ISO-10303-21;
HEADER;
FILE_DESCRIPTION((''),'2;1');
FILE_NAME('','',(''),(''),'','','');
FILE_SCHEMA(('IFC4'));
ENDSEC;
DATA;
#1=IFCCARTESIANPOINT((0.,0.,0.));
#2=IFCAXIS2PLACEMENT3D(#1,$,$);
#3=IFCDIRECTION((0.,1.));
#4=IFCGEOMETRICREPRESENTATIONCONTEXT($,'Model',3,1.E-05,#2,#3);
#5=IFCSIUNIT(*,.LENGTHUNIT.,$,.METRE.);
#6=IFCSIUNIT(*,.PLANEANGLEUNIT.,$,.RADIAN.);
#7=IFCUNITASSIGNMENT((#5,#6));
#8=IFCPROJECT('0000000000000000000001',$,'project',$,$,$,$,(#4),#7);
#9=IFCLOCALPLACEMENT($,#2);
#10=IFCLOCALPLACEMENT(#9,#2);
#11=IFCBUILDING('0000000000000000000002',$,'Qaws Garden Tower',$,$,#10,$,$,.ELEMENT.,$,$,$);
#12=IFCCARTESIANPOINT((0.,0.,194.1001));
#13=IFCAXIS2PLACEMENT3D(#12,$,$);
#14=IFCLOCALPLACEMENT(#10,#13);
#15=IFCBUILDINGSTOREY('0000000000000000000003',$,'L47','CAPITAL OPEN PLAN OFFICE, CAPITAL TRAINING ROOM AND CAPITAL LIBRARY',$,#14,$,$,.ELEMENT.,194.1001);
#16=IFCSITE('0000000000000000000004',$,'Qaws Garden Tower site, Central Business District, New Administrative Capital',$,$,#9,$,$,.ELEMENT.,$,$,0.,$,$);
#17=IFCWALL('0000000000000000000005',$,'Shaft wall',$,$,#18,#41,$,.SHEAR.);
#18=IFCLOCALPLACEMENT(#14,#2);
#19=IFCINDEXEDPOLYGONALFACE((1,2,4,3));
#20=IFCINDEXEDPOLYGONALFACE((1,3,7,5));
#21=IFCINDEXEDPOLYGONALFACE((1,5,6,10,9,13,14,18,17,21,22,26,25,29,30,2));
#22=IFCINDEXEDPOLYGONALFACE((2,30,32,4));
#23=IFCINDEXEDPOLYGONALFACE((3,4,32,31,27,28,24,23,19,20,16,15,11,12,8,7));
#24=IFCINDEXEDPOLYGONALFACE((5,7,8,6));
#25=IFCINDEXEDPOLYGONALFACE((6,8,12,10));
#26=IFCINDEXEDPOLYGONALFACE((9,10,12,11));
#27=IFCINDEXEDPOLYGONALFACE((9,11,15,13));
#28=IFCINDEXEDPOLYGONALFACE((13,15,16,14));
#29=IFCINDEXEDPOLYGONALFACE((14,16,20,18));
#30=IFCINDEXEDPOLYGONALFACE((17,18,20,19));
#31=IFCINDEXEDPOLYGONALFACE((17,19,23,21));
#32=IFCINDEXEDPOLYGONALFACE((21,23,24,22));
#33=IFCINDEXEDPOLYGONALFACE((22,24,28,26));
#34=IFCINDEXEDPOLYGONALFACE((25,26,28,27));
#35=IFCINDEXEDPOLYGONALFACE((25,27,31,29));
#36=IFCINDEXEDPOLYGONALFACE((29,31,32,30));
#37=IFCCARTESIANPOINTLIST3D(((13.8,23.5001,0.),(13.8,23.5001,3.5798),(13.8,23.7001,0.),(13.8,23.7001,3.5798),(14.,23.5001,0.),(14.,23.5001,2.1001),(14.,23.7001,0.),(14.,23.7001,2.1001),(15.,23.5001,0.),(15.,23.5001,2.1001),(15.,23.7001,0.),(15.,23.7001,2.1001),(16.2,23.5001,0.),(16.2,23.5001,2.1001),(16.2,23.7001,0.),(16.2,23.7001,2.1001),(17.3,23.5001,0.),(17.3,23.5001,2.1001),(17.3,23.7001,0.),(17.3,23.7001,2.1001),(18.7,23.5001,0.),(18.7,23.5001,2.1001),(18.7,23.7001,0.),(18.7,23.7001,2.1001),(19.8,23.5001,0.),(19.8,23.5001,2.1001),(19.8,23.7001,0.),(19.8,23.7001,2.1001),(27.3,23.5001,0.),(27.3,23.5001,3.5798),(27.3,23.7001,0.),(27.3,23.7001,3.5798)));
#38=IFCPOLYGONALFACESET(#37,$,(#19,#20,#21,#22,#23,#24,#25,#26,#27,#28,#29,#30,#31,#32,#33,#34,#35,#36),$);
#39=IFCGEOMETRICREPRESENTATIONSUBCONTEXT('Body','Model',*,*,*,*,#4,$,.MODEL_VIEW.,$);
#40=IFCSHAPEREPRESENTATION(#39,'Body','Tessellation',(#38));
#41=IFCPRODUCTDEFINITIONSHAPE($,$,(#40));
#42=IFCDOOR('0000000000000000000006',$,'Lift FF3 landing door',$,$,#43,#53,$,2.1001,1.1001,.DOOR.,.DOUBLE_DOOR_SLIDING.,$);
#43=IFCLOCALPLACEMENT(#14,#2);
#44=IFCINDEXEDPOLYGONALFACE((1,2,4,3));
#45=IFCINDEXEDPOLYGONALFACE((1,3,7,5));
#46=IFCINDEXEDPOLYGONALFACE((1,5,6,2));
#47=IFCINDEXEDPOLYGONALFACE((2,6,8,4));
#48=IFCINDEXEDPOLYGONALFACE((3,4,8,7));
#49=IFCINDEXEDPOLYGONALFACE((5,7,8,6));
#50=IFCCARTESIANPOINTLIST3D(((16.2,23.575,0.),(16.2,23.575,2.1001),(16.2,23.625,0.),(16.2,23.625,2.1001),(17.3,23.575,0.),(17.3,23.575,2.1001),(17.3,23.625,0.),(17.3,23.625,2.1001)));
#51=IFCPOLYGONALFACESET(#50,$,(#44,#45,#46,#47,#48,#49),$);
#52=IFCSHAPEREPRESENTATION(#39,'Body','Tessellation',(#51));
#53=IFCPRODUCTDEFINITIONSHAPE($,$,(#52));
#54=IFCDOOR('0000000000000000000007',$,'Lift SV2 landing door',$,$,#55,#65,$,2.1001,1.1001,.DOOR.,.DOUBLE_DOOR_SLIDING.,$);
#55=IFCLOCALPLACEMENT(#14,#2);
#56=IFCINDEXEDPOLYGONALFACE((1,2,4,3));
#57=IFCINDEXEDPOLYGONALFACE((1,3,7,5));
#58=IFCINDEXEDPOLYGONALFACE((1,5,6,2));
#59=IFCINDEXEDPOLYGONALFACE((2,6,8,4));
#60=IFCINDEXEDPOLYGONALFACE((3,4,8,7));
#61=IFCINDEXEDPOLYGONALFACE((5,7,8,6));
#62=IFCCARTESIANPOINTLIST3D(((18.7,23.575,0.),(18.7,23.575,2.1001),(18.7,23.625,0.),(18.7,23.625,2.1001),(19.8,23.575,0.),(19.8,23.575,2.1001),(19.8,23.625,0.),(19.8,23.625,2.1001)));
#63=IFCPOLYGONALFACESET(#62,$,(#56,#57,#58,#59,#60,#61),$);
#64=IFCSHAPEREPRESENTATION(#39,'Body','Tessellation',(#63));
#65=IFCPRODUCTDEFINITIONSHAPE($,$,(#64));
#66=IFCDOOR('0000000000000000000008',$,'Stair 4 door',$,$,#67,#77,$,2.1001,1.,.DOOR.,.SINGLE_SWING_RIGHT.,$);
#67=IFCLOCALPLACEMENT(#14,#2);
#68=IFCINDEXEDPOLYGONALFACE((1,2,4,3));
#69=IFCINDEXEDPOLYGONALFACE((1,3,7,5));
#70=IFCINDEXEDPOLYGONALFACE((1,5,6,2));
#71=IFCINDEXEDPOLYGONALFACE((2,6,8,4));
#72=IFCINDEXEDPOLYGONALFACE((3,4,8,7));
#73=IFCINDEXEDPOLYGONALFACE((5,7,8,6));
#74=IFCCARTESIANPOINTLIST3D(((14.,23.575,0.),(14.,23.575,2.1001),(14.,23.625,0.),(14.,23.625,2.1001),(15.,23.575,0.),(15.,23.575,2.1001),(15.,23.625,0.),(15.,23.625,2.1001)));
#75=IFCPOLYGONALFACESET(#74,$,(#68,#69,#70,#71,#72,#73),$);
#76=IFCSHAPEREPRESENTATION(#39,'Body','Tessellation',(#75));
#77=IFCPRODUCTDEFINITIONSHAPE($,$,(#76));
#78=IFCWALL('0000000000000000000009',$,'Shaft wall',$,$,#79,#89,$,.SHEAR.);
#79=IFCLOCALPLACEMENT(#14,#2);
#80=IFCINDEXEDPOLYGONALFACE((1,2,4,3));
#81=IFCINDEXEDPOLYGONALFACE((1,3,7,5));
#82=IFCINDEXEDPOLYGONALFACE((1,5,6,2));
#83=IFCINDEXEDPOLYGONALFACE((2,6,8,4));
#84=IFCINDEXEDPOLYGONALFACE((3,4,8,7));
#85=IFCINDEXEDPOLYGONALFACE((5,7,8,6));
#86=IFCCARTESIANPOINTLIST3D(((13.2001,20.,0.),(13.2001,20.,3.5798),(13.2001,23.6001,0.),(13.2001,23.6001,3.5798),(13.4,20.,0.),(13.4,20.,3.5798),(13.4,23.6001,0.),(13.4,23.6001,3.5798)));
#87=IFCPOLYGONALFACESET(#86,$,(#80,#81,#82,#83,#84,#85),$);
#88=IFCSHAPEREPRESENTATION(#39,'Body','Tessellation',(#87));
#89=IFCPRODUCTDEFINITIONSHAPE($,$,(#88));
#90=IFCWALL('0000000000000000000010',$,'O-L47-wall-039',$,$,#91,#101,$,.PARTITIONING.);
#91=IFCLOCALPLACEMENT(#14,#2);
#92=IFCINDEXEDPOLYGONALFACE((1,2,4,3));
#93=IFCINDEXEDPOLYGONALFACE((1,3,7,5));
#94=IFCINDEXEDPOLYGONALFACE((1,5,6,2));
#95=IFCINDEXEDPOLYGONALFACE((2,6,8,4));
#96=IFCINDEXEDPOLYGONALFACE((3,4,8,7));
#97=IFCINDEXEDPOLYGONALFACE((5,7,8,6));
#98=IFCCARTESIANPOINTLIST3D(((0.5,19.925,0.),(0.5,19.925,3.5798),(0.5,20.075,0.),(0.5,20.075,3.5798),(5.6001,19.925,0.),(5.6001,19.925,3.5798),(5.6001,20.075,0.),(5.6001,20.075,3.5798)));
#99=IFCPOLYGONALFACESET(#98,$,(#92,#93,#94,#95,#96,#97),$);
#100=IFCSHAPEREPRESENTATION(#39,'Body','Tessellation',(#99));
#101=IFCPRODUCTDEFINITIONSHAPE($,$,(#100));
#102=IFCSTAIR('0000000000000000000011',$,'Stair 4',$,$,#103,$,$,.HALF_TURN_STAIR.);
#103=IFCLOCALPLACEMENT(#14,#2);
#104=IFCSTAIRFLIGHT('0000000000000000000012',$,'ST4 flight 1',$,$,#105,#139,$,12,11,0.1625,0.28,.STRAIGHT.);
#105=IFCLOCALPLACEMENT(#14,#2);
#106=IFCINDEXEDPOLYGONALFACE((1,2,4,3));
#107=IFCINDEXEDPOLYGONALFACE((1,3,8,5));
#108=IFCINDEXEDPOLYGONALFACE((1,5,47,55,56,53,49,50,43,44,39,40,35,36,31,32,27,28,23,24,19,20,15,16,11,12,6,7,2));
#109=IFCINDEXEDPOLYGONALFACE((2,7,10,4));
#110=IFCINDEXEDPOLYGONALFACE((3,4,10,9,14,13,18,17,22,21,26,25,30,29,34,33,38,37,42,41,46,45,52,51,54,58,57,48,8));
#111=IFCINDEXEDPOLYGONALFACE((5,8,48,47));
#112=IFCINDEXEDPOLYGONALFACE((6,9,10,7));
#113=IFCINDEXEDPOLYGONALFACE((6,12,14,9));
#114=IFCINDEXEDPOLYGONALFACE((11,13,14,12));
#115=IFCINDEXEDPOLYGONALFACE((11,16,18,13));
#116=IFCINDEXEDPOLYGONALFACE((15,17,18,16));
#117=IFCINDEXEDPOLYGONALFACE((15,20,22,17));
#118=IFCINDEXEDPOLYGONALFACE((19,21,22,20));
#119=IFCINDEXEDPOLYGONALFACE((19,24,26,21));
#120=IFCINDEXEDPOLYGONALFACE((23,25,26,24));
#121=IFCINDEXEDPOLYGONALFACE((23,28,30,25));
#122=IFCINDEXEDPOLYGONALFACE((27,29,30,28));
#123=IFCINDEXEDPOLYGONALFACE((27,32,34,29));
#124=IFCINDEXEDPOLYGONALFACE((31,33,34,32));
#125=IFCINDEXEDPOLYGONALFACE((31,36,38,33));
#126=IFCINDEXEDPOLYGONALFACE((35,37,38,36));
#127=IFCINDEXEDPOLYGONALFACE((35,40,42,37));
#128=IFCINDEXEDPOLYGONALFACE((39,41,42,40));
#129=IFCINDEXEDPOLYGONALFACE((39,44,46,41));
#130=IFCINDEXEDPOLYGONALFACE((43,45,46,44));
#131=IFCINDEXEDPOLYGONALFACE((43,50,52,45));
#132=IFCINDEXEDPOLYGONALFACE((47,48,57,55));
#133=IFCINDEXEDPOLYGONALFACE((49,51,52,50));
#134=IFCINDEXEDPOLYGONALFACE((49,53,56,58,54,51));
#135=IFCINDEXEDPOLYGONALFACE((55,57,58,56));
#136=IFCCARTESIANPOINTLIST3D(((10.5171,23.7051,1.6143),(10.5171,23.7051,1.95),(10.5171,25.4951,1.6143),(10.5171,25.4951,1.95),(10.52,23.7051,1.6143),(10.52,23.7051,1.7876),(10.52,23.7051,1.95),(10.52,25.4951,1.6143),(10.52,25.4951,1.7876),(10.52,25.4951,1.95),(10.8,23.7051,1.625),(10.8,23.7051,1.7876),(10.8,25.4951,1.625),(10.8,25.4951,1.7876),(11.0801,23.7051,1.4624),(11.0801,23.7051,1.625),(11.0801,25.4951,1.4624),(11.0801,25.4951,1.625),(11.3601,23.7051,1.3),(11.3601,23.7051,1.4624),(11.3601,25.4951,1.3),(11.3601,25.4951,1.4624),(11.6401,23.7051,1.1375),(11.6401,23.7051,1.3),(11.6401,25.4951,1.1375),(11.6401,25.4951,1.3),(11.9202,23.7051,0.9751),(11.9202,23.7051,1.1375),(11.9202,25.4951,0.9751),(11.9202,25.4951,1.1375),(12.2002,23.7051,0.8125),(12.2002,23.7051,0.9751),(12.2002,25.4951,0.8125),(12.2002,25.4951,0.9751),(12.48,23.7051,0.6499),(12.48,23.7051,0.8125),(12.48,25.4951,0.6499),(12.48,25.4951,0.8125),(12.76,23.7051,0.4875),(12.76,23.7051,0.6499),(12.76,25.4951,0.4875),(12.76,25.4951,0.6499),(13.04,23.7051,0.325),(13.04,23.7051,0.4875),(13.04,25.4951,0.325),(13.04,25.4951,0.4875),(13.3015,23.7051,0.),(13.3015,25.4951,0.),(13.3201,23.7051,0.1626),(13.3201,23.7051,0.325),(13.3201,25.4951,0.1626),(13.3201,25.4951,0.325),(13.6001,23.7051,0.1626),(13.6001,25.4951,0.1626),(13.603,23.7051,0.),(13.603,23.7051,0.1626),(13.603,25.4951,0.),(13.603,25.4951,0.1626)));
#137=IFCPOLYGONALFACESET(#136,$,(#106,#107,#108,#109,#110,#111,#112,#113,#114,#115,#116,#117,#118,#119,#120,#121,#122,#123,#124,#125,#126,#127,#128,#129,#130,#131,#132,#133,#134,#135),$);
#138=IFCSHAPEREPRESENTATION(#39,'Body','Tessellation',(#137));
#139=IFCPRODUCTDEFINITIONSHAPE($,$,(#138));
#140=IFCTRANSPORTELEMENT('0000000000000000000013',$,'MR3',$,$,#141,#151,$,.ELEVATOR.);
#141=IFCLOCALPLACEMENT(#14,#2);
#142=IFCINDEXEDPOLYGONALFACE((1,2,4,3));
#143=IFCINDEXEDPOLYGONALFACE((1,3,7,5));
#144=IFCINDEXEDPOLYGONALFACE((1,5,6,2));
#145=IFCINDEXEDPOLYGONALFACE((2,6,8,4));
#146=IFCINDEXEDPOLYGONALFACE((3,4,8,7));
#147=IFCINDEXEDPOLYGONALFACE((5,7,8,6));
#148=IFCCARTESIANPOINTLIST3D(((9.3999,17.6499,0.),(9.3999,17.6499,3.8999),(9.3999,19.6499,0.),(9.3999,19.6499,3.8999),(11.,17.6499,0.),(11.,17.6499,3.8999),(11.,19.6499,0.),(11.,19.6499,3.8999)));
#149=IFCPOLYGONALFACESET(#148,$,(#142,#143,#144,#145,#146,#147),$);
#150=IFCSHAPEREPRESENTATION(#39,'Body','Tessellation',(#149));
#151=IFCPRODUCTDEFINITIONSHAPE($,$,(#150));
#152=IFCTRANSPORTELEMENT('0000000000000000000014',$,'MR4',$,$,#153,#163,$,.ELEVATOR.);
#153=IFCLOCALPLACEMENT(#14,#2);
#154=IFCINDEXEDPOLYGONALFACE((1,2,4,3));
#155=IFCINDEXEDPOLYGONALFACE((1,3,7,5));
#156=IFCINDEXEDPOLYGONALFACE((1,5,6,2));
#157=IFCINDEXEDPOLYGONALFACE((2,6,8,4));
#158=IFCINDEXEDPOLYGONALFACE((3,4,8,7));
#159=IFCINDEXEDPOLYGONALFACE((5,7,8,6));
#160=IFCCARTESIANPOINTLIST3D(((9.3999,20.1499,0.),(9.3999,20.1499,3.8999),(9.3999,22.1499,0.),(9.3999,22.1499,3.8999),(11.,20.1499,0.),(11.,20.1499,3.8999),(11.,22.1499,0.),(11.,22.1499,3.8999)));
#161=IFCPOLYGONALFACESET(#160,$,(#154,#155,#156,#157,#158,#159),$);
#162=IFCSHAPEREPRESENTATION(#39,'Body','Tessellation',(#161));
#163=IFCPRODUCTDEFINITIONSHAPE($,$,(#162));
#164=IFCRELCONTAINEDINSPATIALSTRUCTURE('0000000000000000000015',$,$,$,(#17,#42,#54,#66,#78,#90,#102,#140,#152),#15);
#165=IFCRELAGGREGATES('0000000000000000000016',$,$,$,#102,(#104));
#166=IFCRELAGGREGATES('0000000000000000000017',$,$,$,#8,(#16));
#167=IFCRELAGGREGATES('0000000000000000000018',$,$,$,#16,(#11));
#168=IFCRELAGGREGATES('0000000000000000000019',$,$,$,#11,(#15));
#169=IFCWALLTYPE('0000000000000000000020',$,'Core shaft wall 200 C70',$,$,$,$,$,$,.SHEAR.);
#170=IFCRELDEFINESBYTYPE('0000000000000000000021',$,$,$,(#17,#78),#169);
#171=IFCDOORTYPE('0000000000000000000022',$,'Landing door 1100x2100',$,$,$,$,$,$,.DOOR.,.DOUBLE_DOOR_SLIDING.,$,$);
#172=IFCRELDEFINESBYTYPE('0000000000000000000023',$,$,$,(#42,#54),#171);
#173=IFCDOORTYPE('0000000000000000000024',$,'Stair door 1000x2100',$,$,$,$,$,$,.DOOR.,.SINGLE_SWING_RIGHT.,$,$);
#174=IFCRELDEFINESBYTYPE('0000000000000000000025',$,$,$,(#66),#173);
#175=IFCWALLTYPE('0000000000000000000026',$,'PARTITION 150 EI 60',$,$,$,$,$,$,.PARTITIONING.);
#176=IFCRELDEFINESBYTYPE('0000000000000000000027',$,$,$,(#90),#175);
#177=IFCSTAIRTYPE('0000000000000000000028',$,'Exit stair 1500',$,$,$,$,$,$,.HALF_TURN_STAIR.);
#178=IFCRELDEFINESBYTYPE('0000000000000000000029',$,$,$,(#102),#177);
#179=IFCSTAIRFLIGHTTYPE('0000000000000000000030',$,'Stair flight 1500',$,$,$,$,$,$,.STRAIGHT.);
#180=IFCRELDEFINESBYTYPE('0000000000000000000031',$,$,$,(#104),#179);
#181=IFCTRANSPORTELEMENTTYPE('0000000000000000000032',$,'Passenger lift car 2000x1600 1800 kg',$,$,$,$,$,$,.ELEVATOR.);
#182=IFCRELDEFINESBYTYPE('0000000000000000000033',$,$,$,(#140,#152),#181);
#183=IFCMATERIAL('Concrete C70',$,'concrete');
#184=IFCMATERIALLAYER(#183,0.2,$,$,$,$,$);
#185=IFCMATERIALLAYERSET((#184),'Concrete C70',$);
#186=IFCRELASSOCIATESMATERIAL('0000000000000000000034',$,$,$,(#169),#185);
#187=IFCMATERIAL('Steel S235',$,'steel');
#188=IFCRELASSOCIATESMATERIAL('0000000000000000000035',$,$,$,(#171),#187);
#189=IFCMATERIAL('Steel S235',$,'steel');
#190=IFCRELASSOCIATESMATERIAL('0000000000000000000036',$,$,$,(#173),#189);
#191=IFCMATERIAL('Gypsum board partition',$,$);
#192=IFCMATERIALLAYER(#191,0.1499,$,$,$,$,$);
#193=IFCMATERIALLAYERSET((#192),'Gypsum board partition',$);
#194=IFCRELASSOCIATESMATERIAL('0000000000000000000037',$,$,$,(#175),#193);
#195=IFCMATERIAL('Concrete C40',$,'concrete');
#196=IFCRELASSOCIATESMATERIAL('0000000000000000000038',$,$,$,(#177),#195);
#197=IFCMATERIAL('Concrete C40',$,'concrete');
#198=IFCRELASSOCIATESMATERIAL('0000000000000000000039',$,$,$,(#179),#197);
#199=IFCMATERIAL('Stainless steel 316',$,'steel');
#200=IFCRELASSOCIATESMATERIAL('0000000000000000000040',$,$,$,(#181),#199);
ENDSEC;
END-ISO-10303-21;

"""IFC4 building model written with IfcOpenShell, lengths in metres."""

from ifc_helpers import new_model, si_unit, direction, frame, frame_2d, origin, origin_2d, place, context, subcontext, project, spatial, polyline, rectangle, outline, extrude, material, layer, layer_set, type_object, element, fill, aggregate, save


model = new_model("IFC4")

# Units and contexts
model_context = context("Model", 3, precision=1e-05, world=origin(), true_north=direction((0.0, 1.0)))
body_context = subcontext(model_context, "Body", "Model", "MODEL_VIEW")
ifc_project = project(units=[si_unit("LENGTHUNIT", "METRE"), si_unit("PLANEANGLEUNIT", "RADIAN")], contexts=[model_context])

# Site, building, storey
site_placement = place(None, origin())
site = spatial("IfcSite", under=ifc_project, at=site_placement, Name="Qaws Garden Tower site, Central Business District, New Administrative Capital", CompositionType="ELEMENT", RefElevation=0.0)
building_placement = place(site_placement, origin())
building = spatial("IfcBuilding", under=site, at=building_placement, Name="Qaws Garden Tower", CompositionType="ELEMENT")
storey_placement = place(building_placement, frame((0.0, 0.0, 194.1001)))
storey = spatial("IfcBuildingStorey", under=building, at=storey_placement, Name="L47", Description="CAPITAL OPEN PLAN OFFICE, CAPITAL TRAINING ROOM AND CAPITAL LIBRARY", CompositionType="ELEMENT", Elevation=194.1001)

# Shared definitions
ifc_material_1 = material(Name="Concrete C70", Category="concrete")
ifc_layer_1 = layer(ifc_material_1, 0.2)
ifc_layer_set_1 = layer_set([ifc_layer_1], Name="Concrete C70")
wall_type_1 = type_object("IfcWallType", Name="Core shaft wall 200 C70", PredefinedType="SHEAR", material=ifc_layer_set_1)

# Wall, openings, doors
wall_1_placement = place(storey_placement, frame((13.8, 23.6001, 0.0), z_axis=(0.0, 0.0, 1.0), x_axis=(1.0, 0.0, 0.0)))
wall_1 = element("IfcWall", 1, at=wall_1_placement, inside=storey, type_object=wall_type_1, Name="Shaft wall", PredefinedType="SHEAR", context=body_context, shape_type="SweptSolid", body=[
    extrude(rectangle(XDim=13.5, YDim=0.2, at=frame_2d((6.75, 0.0))), origin(), (0.0, 0.0, 1.0), 3.5798),
])
opening_1_placement = place(wall_1_placement, frame((2.3999, 0.0, 0.0)))
opening_1 = element("IfcOpeningElement", 2, at=opening_1_placement, cuts=wall_1, PredefinedType="OPENING", context=body_context, shape_type="SweptSolid", body=[
    extrude(rectangle(XDim=1.1001, YDim=2.1001, at=frame_2d((0.55, 1.05))), frame((0.0, 0.1099, 0.0), z_axis=(0.0, -1.0, 0.0), x_axis=(1.0, 0.0, 0.0)), (0.0, 0.0, 1.0), 0.22),
])
opening_2_placement = place(wall_1_placement, frame((4.8999, 0.0, 0.0)))
opening_2 = element("IfcOpeningElement", 3, at=opening_2_placement, cuts=wall_1, PredefinedType="OPENING", context=body_context, shape_type="SweptSolid", body=[
    extrude(rectangle(XDim=1.1001, YDim=2.1001, at=frame_2d((0.55, 1.05))), frame((0.0, 0.1099, 0.0), z_axis=(0.0, -1.0, 0.0), x_axis=(1.0, 0.0, 0.0)), (0.0, 0.0, 1.0), 0.22),
])
opening_3_placement = place(wall_1_placement, frame((0.2, 0.0, 0.0)))
opening_3 = element("IfcOpeningElement", 4, at=opening_3_placement, cuts=wall_1, PredefinedType="OPENING", context=body_context, shape_type="SweptSolid", body=[
    extrude(rectangle(XDim=1.0, YDim=2.1001, at=frame_2d((0.5, 1.05))), frame((0.0, 0.1099, 0.0), z_axis=(0.0, -1.0, 0.0), x_axis=(1.0, 0.0, 0.0)), (0.0, 0.0, 1.0), 0.22),
])
ifc_material_2 = material(Name="Steel S235", Category="steel")
door_type_1 = type_object("IfcDoorType", Name="Landing door 1100x2100", OperationType="DOUBLE_DOOR_SLIDING", PredefinedType="DOOR", material=ifc_material_2)
door_1_placement = place(opening_1_placement, origin())
door_1 = element("IfcDoor", 5, at=door_1_placement, inside=storey, type_object=door_type_1, Name="Lift FF3 landing door", OperationType="DOUBLE_DOOR_SLIDING", OverallHeight=2.1001, OverallWidth=1.1001, PredefinedType="DOOR", context=body_context, shape_type="SweptSolid", body=[
    extrude(rectangle(XDim=1.1001, YDim=2.1001, at=frame_2d((0.55, 1.05))), frame((0.0, 0.0249, 0.0), z_axis=(0.0, -1.0, 0.0), x_axis=(1.0, 0.0, 0.0)), (0.0, 0.0, 1.0), 0.05),
])
fill(opening_1, door_1)
door_2_placement = place(opening_2_placement, origin())
door_2 = element("IfcDoor", 6, at=door_2_placement, inside=storey, type_object=door_type_1, Name="Lift SV2 landing door", OperationType="DOUBLE_DOOR_SLIDING", OverallHeight=2.1001, OverallWidth=1.1001, PredefinedType="DOOR", context=body_context, shape_type="SweptSolid", body=[
    extrude(rectangle(XDim=1.1001, YDim=2.1001, at=frame_2d((0.55, 1.05))), frame((0.0, 0.0249, 0.0), z_axis=(0.0, -1.0, 0.0), x_axis=(1.0, 0.0, 0.0)), (0.0, 0.0, 1.0), 0.05),
])
fill(opening_2, door_2)
ifc_material_3 = material(Name="Steel S235", Category="steel")
door_type_2 = type_object("IfcDoorType", Name="Stair door 1000x2100", OperationType="SINGLE_SWING_RIGHT", PredefinedType="DOOR", material=ifc_material_3)
door_3_placement = place(opening_3_placement, origin())
door_3 = element("IfcDoor", 7, at=door_3_placement, inside=storey, type_object=door_type_2, Name="Stair 4 door", OperationType="SINGLE_SWING_RIGHT", OverallHeight=2.1001, OverallWidth=1.0, PredefinedType="DOOR", context=body_context, shape_type="SweptSolid", body=[
    extrude(rectangle(XDim=1.0, YDim=2.1001, at=frame_2d((0.5, 1.05))), frame((0.0, 0.0249, 0.0), z_axis=(0.0, -1.0, 0.0), x_axis=(1.0, 0.0, 0.0)), (0.0, 0.0, 1.0), 0.05),
])
fill(opening_3, door_3)

# Walls
wall_2_placement = place(storey_placement, frame((13.3, 20.0, 0.0), z_axis=(0.0, 0.0, 1.0), x_axis=(0.0, 1.0, 0.0)))
element("IfcWall", 8, at=wall_2_placement, inside=storey, type_object=wall_type_1, Name="Shaft wall", PredefinedType="SHEAR", context=body_context, shape_type="SweptSolid", body=[
    extrude(rectangle(XDim=3.6001, YDim=0.2, at=frame_2d((1.8, 0.0))), origin(), (0.0, 0.0, 1.0), 3.5798),
])
ifc_material_4 = material(Name="Gypsum board partition")
ifc_layer_2 = layer(ifc_material_4, 0.1499)
ifc_layer_set_2 = layer_set([ifc_layer_2], Name="Gypsum board partition")
wall_type_2 = type_object("IfcWallType", Name="PARTITION 150 EI 60", PredefinedType="PARTITIONING", material=ifc_layer_set_2)
wall_3_placement = place(storey_placement, frame((0.5, 20.0, 0.0), z_axis=(0.0, 0.0, 1.0), x_axis=(1.0, 0.0, 0.0)))
element("IfcWall", 9, at=wall_3_placement, inside=storey, type_object=wall_type_2, Name="O-L47-wall-039", PredefinedType="PARTITIONING", context=body_context, shape_type="SweptSolid", body=[
    extrude(rectangle(XDim=5.1001, YDim=0.1499, at=frame_2d((2.55, 0.0))), origin(), (0.0, 0.0, 1.0), 3.5798),
])

# Stair, stair flight
ifc_material_5 = material(Name="Concrete C40", Category="concrete")
stair_type = type_object("IfcStairType", Name="Exit stair 1500", PredefinedType="HALF_TURN_STAIR", material=ifc_material_5)
stair_placement = place(storey_placement, origin())
stair = element("IfcStair", 10, at=stair_placement, inside=storey, type_object=stair_type, Name="Stair 4", PredefinedType="HALF_TURN_STAIR")
ifc_material_6 = material(Name="Concrete C40", Category="concrete")
stair_flight_type = type_object("IfcStairFlightType", Name="Stair flight 1500", PredefinedType="STRAIGHT", material=ifc_material_6)
stair_flight_placement = place(storey_placement, frame((13.6001, 24.6001, 0.0), z_axis=(0.0, 0.0, 1.0), x_axis=(-1.0, 0.0, 0.0)))
stair_flight = element("IfcStairFlight", 11, at=stair_flight_placement, type_object=stair_flight_type, Name="ST4 flight 1", NumberOfRisers=12, NumberOfTreads=11, PredefinedType="STRAIGHT", RiserHeight=0.1625, TreadLength=0.28, context=body_context, shape_type="SweptSolid", body=[
    extrude(outline(polyline([(-0.0029, 0.0), (-0.0029, 0.1626), (0.0, 0.1626), (0.28, 0.1626), (0.28, 0.325), (0.5601, 0.325), (0.5601, 0.4875), (0.8401, 0.4875), (0.8401, 0.6499), (1.1201, 0.6499), (1.1201, 0.8125), (1.3999, 0.8125), (1.3999, 0.9751), (1.6799, 0.9751), (1.6799, 1.1375), (1.96, 1.1375), (1.96, 1.3), (2.24, 1.3), (2.24, 1.4624), (2.52, 1.4624), (2.52, 1.625), (2.8, 1.625), (2.8, 1.7876), (3.0801, 1.7876), (3.0801, 1.95), (3.083, 1.95), (3.083, 1.6143), (3.0801, 1.6143), (0.2986, 0.0), (-0.0029, 0.0)])), frame((0.0, 0.895, 0.0), z_axis=(0.0, -1.0, 0.0), x_axis=(1.0, 0.0, 0.0)), (0.0, 0.0, 1.0), 1.79),
])
aggregate(stair, [stair_flight])

# Transport elements
ifc_material_7 = material(Name="Stainless steel 316", Category="steel")
transport_element_type = type_object("IfcTransportElementType", Name="Passenger lift car 2000x1600 1800 kg", PredefinedType="ELEVATOR", material=ifc_material_7)
for number, where, z_axis, x_axis, name in (
    (12, (10.2, 18.6499, 0.0), (0.0, 0.0, 1.0), (1.0, 0.0, 0.0), "MR3"),
    (13, (10.2, 21.1499, 0.0), (0.0, 0.0, 1.0), (1.0, 0.0, 0.0), "MR4"),
):
    element("IfcTransportElement", number, at=place(storey_placement, frame(where, z_axis=z_axis, x_axis=x_axis)), inside=storey, type_object=transport_element_type, Name=name, PredefinedType="ELEVATOR", context=body_context, shape_type="SweptSolid", body=[
        extrude(rectangle(XDim=1.6001, YDim=2.0, at=origin_2d()), origin(), (0.0, 0.0, 1.0), 3.8999),
    ])

save(model, "model.ifc")
